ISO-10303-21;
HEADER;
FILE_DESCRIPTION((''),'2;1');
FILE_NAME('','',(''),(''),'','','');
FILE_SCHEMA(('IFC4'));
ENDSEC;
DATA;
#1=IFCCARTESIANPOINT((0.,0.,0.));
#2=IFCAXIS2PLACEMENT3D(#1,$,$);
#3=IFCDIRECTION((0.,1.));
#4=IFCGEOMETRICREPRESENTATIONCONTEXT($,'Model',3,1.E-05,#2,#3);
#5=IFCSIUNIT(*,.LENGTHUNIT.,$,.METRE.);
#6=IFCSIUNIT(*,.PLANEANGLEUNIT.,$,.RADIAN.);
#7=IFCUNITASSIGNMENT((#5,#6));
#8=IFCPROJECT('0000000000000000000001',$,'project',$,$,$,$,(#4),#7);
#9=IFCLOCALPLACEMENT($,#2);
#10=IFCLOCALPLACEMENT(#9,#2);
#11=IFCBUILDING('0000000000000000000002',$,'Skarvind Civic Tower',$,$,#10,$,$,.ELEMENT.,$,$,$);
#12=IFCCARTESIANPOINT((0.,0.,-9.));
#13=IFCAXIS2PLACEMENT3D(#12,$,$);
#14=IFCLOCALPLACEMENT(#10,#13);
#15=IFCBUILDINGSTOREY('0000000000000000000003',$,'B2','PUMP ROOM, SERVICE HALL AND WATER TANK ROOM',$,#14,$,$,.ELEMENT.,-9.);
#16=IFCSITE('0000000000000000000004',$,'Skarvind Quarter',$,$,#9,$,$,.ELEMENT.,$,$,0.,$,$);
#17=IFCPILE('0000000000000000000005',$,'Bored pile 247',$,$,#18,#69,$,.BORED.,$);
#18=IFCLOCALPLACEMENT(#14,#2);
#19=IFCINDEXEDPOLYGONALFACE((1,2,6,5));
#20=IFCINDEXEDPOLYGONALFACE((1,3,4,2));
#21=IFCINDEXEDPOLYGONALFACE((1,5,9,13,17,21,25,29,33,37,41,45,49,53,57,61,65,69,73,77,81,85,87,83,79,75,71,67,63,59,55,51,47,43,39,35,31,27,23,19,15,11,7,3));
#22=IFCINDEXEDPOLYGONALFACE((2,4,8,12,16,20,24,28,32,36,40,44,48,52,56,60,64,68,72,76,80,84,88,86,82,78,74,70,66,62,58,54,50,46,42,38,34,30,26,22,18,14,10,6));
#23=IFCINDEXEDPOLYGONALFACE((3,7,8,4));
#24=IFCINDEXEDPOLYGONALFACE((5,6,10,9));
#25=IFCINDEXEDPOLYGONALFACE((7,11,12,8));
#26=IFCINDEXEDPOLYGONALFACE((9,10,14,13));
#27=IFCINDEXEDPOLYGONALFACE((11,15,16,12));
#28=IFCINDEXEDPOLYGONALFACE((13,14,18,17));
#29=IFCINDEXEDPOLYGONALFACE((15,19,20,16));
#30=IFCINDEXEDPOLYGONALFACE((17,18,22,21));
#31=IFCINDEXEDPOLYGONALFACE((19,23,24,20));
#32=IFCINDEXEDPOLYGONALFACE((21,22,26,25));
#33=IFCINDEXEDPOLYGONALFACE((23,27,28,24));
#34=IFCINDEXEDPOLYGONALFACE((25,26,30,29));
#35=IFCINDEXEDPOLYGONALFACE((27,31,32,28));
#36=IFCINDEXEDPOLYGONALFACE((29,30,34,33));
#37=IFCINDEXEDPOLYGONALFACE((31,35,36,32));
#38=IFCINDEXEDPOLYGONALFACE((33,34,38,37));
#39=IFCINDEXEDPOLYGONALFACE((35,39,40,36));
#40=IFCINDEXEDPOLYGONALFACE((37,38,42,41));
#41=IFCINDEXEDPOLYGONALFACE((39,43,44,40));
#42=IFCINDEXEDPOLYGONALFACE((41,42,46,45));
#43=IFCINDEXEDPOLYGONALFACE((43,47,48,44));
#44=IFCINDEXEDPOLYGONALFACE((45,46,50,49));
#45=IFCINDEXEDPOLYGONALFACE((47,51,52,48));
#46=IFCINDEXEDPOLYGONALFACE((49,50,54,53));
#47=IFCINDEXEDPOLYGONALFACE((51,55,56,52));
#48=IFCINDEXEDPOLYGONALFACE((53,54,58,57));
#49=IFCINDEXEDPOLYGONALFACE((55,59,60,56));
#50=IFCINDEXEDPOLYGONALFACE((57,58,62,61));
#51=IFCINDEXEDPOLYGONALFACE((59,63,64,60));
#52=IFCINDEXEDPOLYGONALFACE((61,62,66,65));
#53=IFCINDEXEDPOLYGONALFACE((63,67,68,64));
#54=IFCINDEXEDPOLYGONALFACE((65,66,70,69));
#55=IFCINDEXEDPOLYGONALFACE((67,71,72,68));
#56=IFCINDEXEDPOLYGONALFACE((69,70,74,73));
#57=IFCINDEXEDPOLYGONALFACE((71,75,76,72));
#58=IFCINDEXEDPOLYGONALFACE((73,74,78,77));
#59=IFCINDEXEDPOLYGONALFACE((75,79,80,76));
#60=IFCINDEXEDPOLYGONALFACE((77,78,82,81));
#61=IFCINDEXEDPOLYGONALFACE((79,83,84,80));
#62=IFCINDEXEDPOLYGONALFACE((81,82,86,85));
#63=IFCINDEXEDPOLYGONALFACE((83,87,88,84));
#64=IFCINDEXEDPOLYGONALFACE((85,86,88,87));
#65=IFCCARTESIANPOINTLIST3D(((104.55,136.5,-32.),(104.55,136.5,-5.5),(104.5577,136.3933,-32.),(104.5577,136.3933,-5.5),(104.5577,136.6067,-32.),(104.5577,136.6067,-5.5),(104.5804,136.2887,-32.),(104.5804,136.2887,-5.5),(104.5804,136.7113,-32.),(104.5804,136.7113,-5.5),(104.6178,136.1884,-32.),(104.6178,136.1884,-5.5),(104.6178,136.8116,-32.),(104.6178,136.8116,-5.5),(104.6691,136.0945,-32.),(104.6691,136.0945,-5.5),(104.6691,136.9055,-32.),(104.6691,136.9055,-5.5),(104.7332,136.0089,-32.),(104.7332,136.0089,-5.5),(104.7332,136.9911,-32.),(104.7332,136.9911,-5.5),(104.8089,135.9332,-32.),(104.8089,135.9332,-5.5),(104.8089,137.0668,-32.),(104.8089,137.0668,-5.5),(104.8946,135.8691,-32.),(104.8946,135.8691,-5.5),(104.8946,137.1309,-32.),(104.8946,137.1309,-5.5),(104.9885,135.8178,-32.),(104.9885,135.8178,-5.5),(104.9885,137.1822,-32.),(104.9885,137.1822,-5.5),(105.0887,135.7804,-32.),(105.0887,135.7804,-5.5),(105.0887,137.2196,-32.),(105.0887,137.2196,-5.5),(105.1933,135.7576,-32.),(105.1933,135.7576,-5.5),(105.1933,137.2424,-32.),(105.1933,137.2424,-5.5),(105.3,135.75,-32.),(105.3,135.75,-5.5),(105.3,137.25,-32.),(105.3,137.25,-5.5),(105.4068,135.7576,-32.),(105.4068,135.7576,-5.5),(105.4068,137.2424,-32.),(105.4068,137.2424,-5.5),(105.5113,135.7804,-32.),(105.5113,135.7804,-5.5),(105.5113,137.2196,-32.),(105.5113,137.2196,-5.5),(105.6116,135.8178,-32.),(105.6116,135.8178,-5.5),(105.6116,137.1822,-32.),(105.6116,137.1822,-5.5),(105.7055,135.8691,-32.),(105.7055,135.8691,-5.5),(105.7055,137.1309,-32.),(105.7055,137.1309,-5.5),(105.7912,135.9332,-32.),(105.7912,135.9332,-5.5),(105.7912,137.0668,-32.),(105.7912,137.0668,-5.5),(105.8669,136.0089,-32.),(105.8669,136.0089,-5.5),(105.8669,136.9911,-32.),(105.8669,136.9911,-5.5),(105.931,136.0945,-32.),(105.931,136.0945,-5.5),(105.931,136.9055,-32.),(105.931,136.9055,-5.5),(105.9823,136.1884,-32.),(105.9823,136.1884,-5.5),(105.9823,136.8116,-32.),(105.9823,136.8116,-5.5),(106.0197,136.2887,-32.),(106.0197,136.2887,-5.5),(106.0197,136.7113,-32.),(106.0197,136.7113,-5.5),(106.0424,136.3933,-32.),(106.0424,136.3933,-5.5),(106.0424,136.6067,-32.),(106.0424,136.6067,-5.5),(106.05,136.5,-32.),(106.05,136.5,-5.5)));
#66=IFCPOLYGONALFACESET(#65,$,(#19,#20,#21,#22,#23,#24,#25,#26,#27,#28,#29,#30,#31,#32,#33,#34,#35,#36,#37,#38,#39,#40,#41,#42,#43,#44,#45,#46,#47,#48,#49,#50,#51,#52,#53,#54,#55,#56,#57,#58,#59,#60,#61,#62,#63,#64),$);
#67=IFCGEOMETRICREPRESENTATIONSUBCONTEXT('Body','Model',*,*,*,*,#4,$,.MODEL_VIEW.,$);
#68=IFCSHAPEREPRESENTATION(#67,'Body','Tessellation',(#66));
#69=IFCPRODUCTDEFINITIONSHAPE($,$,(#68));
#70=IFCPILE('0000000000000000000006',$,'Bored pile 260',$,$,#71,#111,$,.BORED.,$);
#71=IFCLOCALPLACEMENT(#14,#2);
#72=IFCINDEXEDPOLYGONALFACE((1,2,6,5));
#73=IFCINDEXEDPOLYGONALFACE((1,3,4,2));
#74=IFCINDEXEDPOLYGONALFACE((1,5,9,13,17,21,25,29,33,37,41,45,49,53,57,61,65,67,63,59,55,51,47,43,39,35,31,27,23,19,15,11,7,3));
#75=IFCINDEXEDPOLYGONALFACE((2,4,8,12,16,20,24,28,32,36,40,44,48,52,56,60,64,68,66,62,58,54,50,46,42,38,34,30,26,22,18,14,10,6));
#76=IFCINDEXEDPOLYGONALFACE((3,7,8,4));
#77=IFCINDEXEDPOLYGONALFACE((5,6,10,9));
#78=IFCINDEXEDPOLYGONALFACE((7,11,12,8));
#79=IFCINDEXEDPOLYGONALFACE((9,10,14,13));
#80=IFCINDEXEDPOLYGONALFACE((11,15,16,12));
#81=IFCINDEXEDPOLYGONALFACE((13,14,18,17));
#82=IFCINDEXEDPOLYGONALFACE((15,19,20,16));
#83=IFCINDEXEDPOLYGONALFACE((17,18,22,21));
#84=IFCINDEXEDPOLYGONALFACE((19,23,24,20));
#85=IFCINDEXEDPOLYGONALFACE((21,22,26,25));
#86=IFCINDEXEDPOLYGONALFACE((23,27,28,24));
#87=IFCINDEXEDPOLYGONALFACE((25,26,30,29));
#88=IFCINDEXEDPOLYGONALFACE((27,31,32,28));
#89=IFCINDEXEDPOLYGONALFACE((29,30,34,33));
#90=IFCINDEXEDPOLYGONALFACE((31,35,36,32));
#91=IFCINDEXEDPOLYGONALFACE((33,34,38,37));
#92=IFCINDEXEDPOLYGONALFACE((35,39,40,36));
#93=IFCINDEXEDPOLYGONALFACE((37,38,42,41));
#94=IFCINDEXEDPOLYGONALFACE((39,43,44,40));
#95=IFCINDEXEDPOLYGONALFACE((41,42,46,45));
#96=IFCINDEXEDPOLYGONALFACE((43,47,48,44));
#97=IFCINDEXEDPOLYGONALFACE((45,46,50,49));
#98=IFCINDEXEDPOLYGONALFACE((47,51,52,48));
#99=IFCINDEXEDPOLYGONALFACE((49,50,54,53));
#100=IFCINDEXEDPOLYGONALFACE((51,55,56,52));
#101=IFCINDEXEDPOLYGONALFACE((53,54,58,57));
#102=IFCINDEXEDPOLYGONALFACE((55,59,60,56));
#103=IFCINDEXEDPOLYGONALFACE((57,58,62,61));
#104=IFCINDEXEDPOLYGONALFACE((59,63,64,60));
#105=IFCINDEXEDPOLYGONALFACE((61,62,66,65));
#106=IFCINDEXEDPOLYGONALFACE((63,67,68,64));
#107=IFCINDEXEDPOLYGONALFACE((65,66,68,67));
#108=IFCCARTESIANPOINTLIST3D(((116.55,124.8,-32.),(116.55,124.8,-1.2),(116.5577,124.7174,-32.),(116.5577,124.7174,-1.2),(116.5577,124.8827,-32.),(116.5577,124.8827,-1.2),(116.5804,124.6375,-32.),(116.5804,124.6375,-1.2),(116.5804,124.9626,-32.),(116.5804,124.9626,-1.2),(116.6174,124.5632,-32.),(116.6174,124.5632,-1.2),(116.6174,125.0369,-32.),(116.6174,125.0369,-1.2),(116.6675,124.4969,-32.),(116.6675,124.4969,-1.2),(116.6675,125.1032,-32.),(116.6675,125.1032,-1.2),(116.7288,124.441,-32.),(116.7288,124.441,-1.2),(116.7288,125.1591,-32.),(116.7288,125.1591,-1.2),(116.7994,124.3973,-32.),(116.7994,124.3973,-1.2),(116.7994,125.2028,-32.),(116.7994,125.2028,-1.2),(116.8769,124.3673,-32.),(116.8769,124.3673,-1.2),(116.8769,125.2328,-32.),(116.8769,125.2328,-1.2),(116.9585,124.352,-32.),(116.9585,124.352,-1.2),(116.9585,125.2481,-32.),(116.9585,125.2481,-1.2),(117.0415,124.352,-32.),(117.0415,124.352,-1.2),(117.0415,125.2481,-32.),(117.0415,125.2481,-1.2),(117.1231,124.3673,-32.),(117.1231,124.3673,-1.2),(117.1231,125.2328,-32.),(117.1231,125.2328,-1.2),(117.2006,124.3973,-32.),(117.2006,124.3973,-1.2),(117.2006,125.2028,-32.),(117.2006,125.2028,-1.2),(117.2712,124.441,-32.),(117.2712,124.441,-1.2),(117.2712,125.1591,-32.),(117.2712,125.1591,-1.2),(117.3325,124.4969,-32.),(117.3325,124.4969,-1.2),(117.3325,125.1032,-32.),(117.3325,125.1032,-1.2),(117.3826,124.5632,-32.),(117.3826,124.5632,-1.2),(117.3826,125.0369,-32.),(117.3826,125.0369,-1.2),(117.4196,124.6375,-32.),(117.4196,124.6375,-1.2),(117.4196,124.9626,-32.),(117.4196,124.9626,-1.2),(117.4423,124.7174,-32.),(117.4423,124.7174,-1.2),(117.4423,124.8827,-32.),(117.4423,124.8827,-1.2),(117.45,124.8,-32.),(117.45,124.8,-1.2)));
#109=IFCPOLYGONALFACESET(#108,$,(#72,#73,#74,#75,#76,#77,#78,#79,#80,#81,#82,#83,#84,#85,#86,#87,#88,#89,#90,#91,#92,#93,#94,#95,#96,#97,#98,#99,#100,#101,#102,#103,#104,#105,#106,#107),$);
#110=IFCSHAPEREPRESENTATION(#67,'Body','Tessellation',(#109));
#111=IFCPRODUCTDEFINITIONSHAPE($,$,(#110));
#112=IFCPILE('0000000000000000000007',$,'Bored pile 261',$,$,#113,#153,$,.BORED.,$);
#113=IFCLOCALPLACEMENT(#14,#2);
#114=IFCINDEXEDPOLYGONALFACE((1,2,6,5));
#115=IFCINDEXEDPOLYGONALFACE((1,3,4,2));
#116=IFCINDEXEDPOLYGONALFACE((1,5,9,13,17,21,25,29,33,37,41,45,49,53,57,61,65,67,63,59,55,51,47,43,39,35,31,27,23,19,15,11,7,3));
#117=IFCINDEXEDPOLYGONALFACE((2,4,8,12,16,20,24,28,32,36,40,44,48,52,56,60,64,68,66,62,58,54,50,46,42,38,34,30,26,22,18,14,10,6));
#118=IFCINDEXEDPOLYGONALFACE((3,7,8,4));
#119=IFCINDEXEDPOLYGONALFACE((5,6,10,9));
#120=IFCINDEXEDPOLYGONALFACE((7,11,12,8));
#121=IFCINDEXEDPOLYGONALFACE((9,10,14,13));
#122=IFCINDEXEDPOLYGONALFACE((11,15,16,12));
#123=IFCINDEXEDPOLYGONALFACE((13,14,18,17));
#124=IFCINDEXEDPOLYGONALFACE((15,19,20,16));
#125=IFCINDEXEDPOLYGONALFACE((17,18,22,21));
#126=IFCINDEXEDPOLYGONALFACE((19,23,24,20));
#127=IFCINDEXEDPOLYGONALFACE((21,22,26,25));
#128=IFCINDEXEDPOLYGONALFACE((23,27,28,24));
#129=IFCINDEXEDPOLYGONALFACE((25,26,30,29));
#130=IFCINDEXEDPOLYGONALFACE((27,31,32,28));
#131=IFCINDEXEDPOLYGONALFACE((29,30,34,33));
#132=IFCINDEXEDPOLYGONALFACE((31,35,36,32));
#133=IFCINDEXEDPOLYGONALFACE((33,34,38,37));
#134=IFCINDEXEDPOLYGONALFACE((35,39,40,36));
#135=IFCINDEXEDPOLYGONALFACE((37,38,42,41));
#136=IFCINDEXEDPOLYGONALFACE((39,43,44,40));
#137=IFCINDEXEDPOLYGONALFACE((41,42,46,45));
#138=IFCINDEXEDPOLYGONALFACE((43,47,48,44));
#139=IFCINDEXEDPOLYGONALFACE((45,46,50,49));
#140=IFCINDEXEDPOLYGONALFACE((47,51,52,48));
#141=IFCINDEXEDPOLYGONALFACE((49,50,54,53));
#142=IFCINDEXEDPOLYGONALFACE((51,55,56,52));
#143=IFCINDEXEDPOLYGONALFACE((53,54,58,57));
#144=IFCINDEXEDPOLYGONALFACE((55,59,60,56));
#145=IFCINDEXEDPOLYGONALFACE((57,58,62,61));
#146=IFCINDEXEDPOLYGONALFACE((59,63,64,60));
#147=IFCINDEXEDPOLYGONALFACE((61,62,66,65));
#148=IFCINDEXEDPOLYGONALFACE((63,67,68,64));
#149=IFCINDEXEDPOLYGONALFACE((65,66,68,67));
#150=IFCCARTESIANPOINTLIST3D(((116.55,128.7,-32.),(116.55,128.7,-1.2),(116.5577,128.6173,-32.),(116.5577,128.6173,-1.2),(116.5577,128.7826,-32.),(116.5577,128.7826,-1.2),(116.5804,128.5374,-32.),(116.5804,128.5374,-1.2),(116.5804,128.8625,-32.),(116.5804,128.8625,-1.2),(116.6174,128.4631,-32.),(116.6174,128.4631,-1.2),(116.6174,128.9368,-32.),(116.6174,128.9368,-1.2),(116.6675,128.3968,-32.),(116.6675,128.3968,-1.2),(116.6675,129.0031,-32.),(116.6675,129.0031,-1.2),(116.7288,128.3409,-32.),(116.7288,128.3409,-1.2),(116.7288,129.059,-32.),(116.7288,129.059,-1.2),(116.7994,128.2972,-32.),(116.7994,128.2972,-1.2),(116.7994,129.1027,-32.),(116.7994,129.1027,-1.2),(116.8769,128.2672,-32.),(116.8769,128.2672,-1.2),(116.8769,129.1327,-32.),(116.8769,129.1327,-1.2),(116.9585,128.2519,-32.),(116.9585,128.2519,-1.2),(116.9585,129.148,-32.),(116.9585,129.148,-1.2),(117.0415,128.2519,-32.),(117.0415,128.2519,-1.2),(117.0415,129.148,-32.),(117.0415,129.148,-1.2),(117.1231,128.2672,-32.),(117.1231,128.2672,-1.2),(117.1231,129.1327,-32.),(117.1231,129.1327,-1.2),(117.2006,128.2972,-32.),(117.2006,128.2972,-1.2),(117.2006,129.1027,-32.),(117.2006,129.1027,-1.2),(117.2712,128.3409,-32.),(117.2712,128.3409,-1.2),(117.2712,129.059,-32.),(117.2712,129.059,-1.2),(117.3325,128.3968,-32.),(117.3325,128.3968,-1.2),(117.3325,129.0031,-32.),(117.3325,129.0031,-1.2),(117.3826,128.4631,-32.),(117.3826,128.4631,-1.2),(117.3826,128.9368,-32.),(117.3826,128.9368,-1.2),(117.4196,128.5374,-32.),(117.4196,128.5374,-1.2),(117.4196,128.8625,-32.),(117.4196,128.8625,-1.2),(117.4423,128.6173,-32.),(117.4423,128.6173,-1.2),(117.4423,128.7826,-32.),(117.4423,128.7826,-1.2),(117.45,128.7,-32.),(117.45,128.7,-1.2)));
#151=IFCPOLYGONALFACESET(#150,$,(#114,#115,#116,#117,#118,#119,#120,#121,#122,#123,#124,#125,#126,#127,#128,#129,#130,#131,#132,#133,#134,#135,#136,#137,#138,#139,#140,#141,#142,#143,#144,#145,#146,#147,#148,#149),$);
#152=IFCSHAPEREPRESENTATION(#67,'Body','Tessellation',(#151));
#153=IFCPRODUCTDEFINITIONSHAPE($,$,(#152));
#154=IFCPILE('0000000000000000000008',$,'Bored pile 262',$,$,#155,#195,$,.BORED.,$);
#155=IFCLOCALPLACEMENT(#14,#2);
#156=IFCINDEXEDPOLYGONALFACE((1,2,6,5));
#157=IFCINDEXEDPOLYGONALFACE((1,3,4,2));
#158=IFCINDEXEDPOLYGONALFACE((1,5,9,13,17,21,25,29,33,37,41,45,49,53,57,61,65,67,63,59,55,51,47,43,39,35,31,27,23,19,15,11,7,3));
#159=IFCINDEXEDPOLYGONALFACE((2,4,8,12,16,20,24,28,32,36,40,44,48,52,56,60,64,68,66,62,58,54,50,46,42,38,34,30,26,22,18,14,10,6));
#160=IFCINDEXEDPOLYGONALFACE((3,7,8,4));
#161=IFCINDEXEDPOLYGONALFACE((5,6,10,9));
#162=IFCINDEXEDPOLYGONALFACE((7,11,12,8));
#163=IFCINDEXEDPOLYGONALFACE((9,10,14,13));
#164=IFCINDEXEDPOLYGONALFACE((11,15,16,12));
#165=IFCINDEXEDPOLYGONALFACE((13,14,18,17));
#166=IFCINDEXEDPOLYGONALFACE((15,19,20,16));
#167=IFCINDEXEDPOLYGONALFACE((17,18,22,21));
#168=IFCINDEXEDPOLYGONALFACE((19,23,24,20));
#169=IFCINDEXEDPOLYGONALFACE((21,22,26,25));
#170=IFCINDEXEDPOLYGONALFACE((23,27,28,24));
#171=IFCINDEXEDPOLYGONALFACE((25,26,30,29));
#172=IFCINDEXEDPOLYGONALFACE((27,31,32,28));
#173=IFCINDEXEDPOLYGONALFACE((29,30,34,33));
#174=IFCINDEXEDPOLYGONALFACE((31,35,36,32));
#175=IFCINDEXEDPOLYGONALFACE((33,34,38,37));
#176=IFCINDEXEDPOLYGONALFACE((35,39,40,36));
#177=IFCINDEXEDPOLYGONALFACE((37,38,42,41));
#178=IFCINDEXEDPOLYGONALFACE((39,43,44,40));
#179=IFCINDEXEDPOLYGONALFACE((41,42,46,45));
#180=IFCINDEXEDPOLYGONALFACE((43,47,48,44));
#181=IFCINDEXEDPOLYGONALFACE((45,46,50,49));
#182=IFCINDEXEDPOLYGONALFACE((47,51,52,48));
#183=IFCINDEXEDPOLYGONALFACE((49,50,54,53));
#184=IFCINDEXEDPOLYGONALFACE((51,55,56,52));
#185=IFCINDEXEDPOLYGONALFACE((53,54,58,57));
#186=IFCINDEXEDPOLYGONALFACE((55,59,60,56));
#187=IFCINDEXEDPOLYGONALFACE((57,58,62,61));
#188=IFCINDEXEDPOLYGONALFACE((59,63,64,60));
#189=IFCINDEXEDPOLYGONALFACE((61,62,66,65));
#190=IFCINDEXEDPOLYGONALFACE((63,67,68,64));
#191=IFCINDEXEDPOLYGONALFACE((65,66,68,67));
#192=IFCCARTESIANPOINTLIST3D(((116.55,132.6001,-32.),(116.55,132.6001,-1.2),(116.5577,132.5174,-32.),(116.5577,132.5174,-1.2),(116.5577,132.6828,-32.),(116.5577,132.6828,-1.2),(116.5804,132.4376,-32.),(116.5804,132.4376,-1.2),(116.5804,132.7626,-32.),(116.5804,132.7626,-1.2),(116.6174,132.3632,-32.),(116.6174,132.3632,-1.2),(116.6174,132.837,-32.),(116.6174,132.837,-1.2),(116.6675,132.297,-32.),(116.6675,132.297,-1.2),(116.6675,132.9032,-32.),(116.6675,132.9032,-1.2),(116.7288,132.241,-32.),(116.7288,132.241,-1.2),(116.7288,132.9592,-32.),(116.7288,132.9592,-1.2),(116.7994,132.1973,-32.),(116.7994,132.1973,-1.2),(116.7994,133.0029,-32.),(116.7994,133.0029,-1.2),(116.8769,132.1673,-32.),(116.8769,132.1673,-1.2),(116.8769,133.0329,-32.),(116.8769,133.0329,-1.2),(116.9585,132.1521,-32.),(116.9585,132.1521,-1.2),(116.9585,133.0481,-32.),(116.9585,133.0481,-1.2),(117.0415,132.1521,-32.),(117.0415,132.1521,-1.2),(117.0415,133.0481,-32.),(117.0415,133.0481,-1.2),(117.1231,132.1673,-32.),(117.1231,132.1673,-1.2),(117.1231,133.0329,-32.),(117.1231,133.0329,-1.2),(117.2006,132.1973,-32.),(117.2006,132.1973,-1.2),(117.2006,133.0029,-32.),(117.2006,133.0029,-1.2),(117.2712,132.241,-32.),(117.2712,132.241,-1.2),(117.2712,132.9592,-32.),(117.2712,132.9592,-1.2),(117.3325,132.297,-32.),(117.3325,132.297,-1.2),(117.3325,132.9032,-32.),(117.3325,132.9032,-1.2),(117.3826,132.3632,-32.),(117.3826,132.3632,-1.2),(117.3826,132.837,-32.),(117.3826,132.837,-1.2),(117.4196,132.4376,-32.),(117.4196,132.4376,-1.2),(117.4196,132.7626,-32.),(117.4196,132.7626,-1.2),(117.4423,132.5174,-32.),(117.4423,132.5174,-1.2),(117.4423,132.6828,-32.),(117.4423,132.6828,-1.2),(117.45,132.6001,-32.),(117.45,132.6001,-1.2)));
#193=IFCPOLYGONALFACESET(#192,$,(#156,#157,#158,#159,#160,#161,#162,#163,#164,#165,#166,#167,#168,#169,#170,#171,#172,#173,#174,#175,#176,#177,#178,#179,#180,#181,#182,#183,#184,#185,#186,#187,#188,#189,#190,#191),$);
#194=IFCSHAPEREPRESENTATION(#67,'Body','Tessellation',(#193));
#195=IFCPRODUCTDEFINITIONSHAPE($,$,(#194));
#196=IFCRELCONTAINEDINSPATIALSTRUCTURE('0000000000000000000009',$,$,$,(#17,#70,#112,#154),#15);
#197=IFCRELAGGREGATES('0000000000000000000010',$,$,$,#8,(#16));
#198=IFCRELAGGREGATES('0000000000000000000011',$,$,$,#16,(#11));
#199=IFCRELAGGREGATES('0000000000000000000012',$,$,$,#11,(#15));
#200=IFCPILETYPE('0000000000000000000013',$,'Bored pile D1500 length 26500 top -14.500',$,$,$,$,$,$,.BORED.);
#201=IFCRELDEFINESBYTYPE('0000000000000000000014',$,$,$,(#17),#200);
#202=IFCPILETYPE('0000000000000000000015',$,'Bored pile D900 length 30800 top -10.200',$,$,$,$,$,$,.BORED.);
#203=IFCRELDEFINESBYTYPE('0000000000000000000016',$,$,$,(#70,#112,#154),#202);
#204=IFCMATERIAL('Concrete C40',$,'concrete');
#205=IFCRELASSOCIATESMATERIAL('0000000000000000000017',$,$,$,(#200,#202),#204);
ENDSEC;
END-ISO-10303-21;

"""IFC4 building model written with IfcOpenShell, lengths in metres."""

from ifc_helpers import new_model, si_unit, direction, frame, origin, origin_2d, place, context, subcontext, project, spatial, circle, extrude, material, type_object, element, save


model = new_model("IFC4")

# Units and contexts
model_context = context("Model", 3, precision=1e-05, world=origin(), true_north=direction((0.0, 1.0)))
body_context = subcontext(model_context, "Body", "Model", "MODEL_VIEW")
ifc_project = project(units=[si_unit("LENGTHUNIT", "METRE"), si_unit("PLANEANGLEUNIT", "RADIAN")], contexts=[model_context])

# Site, building, storey
site_placement = place(None, origin())
site = spatial("IfcSite", under=ifc_project, at=site_placement, Name="Skarvind Quarter", CompositionType="ELEMENT", RefElevation=0.0)
building_placement = place(site_placement, origin())
building = spatial("IfcBuilding", under=site, at=building_placement, Name="Skarvind Civic Tower", CompositionType="ELEMENT")
storey_placement = place(building_placement, frame((0.0, 0.0, -9.0)))
storey = spatial("IfcBuildingStorey", under=building, at=storey_placement, Name="B2", Description="PUMP ROOM, SERVICE HALL AND WATER TANK ROOM", CompositionType="ELEMENT", Elevation=-9.0)

# Piles
ifc_material_1 = material(Name="Concrete C40", Category="concrete")
pile_type_1 = type_object("IfcPileType", Name="Bored pile D1500 length 26500 top -14.500", PredefinedType="BORED", material=ifc_material_1)
pile_placement = place(storey_placement, frame((105.3, 136.5, -5.5), z_axis=(0.0, 0.0, -1.0), x_axis=(1.0, 0.0, 0.0)))
element("IfcPile", 1, at=pile_placement, inside=storey, type_object=pile_type_1, Name="Bored pile 247", PredefinedType="BORED", context=body_context, shape_type="SweptSolid", body=[
    extrude(circle(Radius=0.75, at=origin_2d()), origin(), (0.0, 0.0, 1.0), 26.5),
])
pile_type_2 = type_object("IfcPileType", Name="Bored pile D900 length 30800 top -10.200", PredefinedType="BORED", material=ifc_material_1)
for number, where, z_axis, x_axis, name in (
    (2, (117.0, 124.8, -1.2), (0.0, 0.0, -1.0), (1.0, 0.0, 0.0), "Bored pile 260"),
    (3, (117.0, 128.7, -1.2), (0.0, 0.0, -1.0), (1.0, 0.0, 0.0), "Bored pile 261"),
    (4, (117.0, 132.6001, -1.2), (0.0, 0.0, -1.0), (1.0, 0.0, 0.0), "Bored pile 262"),
):
    element("IfcPile", number, at=place(storey_placement, frame(where, z_axis=z_axis, x_axis=x_axis)), inside=storey, type_object=pile_type_2, Name=name, PredefinedType="BORED", context=body_context, shape_type="SweptSolid", body=[
        extrude(circle(Radius=0.45, at=origin_2d()), origin(), (0.0, 0.0, 1.0), 30.8),
    ])

save(model, "model.ifc")
